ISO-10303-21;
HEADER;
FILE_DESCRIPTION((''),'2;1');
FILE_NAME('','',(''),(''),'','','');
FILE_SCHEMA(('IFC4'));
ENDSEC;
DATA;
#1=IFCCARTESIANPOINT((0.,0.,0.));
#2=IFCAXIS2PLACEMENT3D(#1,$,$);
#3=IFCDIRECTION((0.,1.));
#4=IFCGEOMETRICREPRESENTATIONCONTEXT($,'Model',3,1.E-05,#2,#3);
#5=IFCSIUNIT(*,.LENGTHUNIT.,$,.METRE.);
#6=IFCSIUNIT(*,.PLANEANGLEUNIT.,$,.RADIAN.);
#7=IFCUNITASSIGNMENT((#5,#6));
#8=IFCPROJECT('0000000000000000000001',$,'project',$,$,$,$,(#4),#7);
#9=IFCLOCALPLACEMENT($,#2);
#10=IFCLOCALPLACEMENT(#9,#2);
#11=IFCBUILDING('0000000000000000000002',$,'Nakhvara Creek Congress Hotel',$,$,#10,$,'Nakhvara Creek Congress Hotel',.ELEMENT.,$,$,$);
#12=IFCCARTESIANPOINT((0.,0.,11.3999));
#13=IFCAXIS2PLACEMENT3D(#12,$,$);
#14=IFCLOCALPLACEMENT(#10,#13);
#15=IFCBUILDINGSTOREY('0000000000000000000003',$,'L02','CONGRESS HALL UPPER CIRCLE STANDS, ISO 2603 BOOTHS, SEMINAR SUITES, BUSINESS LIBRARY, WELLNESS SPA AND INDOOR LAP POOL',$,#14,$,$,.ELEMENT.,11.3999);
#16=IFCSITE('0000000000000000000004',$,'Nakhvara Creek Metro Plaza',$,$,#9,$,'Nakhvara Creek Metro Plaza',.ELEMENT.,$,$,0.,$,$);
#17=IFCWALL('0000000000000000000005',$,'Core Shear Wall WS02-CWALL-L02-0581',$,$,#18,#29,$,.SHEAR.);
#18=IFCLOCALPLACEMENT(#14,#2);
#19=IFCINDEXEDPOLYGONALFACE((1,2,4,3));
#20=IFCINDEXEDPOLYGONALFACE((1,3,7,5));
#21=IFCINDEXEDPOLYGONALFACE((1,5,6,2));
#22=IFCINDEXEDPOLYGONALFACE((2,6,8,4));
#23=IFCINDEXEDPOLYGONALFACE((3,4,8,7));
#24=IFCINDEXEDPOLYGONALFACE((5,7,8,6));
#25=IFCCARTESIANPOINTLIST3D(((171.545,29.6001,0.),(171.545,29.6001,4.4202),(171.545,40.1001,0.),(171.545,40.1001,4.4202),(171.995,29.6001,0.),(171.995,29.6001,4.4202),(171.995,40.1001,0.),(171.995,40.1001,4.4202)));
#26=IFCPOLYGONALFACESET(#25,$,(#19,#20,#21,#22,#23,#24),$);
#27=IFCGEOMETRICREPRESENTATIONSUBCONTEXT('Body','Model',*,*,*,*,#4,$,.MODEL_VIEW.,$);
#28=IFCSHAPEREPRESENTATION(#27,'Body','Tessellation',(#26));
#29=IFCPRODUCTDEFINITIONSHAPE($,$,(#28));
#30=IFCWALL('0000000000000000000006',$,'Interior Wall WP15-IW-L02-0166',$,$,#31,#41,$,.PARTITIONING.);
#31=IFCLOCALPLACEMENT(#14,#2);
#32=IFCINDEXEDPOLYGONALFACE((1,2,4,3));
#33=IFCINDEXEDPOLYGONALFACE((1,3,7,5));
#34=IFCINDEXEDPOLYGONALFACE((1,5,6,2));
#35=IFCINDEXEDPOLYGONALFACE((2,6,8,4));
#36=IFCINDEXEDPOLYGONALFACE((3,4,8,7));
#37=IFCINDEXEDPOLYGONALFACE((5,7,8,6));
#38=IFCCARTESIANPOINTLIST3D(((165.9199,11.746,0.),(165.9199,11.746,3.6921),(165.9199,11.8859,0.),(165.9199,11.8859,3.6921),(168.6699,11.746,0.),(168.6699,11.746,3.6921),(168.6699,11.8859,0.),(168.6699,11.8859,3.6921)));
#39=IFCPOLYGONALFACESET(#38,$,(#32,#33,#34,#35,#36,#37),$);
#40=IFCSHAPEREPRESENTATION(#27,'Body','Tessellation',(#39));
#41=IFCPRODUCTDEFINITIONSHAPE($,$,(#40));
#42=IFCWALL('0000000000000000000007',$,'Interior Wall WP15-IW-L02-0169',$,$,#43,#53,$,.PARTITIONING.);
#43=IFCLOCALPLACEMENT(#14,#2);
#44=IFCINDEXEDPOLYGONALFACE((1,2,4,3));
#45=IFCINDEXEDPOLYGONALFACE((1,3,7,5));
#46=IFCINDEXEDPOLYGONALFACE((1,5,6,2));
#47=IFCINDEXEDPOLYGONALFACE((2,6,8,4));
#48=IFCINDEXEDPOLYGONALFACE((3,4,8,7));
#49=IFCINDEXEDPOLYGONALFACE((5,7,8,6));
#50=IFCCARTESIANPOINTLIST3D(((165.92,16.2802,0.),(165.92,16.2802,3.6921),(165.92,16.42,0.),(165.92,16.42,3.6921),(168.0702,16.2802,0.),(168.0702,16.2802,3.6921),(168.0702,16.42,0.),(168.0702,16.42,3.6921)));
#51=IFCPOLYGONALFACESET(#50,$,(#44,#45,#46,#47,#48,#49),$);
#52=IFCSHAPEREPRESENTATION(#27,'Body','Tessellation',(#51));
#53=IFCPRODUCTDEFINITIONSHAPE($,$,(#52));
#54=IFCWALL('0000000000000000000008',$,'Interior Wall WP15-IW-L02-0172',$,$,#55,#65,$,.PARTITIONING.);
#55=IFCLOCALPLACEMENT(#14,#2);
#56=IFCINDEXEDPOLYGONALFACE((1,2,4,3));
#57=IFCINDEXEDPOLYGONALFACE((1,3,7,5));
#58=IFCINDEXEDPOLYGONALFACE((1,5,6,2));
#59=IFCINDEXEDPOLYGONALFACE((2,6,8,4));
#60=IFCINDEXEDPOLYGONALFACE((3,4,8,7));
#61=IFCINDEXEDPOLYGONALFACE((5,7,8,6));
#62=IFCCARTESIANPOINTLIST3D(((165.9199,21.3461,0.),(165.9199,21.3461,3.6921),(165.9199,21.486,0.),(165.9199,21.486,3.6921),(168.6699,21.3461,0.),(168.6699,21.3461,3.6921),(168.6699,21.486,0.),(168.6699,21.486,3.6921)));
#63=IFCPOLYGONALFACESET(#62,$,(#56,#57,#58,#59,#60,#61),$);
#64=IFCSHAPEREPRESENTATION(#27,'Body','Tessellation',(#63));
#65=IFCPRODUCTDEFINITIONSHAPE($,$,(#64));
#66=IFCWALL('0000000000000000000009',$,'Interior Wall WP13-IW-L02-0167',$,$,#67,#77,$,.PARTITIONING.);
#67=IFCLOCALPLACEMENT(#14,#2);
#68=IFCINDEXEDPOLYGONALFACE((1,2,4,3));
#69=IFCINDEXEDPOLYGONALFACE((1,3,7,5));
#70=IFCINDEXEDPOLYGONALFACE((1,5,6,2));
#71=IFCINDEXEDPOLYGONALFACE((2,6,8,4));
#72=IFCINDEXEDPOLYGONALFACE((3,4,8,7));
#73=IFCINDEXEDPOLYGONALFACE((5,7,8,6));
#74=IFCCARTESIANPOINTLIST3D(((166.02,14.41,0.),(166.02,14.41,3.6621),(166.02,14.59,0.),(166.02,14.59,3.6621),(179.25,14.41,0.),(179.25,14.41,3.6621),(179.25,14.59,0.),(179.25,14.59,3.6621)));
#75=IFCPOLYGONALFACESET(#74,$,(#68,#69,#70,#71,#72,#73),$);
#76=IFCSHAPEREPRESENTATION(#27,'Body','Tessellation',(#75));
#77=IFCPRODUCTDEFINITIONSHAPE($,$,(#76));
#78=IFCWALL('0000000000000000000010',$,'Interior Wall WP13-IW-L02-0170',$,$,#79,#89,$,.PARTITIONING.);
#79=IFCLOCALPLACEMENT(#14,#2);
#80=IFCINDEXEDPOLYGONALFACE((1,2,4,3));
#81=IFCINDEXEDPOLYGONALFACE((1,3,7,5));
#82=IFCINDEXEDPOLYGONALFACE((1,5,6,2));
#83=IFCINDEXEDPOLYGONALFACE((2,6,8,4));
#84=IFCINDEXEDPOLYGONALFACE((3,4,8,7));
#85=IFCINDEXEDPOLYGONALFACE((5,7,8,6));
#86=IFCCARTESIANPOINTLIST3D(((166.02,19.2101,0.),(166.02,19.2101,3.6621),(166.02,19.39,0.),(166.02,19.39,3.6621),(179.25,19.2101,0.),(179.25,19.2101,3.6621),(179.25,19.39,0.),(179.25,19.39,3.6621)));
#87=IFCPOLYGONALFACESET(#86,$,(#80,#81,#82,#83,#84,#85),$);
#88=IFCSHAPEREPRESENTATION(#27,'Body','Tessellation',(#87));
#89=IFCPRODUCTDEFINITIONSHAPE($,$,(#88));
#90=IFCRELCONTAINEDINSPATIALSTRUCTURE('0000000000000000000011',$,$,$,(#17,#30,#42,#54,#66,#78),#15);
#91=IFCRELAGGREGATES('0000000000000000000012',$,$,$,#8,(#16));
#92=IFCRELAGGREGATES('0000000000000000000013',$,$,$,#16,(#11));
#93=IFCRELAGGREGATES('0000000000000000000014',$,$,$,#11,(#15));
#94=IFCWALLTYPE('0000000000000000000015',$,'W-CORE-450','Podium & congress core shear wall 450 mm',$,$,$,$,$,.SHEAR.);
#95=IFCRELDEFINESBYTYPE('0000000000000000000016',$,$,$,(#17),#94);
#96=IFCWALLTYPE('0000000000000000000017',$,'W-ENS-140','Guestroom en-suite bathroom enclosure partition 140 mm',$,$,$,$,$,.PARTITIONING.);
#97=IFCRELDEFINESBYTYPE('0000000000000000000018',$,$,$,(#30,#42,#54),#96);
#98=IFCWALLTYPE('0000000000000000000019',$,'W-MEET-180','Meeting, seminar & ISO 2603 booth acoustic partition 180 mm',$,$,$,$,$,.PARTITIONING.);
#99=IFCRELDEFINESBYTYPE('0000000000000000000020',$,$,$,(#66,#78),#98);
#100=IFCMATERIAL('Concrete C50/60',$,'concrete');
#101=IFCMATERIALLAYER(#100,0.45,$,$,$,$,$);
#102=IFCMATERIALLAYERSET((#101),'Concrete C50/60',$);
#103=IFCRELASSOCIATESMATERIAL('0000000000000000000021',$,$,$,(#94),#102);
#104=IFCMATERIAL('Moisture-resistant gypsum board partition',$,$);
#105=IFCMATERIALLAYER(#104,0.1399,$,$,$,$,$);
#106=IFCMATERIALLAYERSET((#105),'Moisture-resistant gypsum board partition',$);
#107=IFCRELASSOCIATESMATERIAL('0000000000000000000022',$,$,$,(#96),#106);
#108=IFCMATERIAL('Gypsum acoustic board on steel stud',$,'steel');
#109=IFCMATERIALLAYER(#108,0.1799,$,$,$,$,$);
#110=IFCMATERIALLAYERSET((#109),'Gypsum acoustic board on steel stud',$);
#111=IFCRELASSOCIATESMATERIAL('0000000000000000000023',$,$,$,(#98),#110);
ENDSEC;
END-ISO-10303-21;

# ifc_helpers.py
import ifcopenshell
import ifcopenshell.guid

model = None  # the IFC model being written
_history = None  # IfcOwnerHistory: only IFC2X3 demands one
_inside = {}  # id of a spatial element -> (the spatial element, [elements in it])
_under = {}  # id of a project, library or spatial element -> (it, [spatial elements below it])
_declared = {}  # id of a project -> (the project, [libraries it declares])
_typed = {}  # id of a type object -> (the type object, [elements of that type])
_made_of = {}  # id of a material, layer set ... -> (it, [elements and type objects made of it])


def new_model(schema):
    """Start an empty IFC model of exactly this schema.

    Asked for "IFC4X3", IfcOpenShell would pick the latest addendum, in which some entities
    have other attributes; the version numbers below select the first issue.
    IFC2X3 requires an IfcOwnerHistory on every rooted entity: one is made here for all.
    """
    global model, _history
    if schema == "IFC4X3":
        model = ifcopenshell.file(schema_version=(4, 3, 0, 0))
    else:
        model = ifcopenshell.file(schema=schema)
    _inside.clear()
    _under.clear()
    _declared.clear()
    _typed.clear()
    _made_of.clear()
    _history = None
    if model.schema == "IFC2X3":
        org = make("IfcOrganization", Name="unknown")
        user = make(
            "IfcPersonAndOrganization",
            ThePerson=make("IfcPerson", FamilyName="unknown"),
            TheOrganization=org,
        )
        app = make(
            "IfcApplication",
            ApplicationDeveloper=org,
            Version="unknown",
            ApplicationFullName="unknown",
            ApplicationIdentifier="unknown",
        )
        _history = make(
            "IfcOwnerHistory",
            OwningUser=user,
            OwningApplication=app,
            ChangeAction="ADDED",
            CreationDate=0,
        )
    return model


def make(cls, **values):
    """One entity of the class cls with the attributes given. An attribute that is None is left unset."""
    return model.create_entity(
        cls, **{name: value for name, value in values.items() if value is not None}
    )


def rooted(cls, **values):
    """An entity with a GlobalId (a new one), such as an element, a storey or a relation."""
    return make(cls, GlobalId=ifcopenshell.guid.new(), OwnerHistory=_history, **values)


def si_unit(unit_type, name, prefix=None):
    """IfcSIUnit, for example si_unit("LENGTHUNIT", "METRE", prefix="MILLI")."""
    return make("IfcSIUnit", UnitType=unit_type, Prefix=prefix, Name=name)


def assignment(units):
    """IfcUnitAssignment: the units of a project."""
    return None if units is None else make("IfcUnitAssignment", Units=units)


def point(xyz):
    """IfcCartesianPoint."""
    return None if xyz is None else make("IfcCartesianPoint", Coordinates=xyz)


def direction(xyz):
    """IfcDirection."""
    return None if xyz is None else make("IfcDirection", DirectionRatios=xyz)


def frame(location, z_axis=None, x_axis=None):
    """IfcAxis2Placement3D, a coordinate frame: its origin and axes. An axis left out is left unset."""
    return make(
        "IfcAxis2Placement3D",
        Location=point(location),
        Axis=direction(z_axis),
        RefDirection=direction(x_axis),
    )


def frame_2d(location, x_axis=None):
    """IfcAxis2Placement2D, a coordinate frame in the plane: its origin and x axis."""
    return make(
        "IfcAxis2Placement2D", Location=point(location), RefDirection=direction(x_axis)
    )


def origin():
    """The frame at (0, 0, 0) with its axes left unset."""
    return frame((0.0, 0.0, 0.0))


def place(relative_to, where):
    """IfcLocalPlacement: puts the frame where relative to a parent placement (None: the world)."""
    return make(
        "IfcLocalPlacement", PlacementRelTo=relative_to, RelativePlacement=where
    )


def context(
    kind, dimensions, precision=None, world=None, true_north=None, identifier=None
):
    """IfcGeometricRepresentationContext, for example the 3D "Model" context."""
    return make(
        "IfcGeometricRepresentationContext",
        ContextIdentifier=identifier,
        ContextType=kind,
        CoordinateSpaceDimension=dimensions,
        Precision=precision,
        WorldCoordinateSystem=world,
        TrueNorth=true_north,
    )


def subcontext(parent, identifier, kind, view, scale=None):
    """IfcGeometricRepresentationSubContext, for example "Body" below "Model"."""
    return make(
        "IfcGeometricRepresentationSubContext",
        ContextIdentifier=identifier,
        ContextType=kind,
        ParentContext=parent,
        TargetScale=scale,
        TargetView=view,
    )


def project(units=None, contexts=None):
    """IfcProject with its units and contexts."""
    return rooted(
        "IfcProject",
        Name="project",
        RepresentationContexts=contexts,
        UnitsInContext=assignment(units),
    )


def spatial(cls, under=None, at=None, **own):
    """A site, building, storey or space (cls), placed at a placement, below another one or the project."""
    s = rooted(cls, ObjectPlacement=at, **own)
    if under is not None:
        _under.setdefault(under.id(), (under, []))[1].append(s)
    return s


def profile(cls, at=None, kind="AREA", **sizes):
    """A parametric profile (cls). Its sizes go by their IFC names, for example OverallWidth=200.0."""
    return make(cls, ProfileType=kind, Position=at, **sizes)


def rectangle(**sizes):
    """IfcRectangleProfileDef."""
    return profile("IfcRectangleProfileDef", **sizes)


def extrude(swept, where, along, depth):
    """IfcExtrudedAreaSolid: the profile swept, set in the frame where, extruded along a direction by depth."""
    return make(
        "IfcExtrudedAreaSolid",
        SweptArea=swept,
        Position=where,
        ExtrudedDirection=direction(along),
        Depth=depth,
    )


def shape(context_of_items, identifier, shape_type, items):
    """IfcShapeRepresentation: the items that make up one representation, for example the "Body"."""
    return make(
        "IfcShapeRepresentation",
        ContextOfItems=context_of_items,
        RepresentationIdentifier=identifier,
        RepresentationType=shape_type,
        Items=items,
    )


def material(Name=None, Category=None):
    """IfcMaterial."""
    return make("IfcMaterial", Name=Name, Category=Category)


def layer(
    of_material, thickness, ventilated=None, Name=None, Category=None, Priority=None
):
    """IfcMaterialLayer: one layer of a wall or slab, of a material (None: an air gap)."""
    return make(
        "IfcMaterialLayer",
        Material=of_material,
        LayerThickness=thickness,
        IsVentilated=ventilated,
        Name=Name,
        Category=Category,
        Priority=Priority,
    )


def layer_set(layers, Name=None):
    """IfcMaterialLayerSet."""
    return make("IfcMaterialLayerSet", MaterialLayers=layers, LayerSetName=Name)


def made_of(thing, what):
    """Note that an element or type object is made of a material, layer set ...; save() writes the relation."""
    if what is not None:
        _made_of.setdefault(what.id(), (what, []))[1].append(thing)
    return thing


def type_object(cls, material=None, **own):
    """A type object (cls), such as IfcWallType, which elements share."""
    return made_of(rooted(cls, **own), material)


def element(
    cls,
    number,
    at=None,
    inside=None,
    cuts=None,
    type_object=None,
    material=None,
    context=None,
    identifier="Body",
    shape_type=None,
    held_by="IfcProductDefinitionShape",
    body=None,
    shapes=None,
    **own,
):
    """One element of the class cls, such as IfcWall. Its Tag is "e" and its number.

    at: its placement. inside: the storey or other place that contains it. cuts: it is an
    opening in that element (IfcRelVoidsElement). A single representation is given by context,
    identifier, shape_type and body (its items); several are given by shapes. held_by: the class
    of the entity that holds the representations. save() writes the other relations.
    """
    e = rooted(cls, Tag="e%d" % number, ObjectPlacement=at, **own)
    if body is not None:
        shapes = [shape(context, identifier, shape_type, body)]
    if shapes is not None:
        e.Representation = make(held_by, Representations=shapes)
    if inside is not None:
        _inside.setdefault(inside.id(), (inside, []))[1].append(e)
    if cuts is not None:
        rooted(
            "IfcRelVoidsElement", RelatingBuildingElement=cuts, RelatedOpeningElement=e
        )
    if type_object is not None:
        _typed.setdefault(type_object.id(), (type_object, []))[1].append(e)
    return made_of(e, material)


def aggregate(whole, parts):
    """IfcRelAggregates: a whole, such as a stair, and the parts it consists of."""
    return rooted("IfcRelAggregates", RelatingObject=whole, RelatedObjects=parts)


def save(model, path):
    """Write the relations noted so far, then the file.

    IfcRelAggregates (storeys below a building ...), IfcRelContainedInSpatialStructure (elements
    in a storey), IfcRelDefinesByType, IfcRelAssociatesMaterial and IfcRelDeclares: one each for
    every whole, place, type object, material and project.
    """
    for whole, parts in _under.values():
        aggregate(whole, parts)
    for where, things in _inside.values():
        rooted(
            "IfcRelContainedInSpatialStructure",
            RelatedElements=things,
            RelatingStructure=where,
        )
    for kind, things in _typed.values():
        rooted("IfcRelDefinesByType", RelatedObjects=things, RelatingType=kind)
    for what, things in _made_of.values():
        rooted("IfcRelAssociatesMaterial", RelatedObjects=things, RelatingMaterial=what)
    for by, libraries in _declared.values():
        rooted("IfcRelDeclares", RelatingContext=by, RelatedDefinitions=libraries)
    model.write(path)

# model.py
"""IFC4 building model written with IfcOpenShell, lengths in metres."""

from ifc_helpers import new_model, si_unit, direction, frame, frame_2d, origin, place, context, subcontext, project, spatial, rectangle, extrude, material, layer, layer_set, type_object, element, save


model = new_model("IFC4")

# Units and contexts
model_context = context("Model", 3, precision=1e-05, world=origin(), true_north=direction((0.0, 1.0)))
body_context = subcontext(model_context, "Body", "Model", "MODEL_VIEW")
ifc_project = project(units=[si_unit("LENGTHUNIT", "METRE"), si_unit("PLANEANGLEUNIT", "RADIAN")], contexts=[model_context])

# Site, building, storey
site_placement = place(None, origin())
site = spatial("IfcSite", under=ifc_project, at=site_placement, Name="Nakhvara Creek Metro Plaza", LongName="Nakhvara Creek Metro Plaza", CompositionType="ELEMENT", RefElevation=0.0)
building_placement = place(site_placement, origin())
building = spatial("IfcBuilding", under=site, at=building_placement, Name="Nakhvara Creek Congress Hotel", LongName="Nakhvara Creek Congress Hotel", CompositionType="ELEMENT")
storey_placement = place(building_placement, frame((0.0, 0.0, 11.3999)))
storey = spatial("IfcBuildingStorey", under=building, at=storey_placement, Name="L02", Description="CONGRESS HALL UPPER CIRCLE STANDS, ISO 2603 BOOTHS, SEMINAR SUITES, BUSINESS LIBRARY, WELLNESS SPA AND INDOOR LAP POOL", CompositionType="ELEMENT", Elevation=11.3999)

# Shared definitions
ifc_material_1 = material(Name="Concrete C50/60", Category="concrete")

# Shared definitions
ifc_layer_1 = layer(ifc_material_1, 0.45)
ifc_layer_set_1 = layer_set([ifc_layer_1], Name="Concrete C50/60")
wall_type_1 = type_object("IfcWallType", Name="W-CORE-450", Description="Podium & congress core shear wall 450 mm", PredefinedType="SHEAR", material=ifc_layer_set_1)

# Walls
wall_1_placement = place(storey_placement, frame((171.77, 29.6001, 0.0), z_axis=(0.0, 0.0, 1.0), x_axis=(0.0, 1.0, 0.0)))
element("IfcWall", 1, at=wall_1_placement, inside=storey, type_object=wall_type_1, Name="Core Shear Wall WS02-CWALL-L02-0581", PredefinedType="SHEAR", context=body_context, shape_type="SweptSolid", body=[
    extrude(rectangle(XDim=10.5, YDim=0.45, at=frame_2d((5.25, 0.0))), origin(), (0.0, 0.0, 1.0), 4.4202),
])
ifc_material_2 = material(Name="Moisture-resistant gypsum board partition")
ifc_layer_2 = layer(ifc_material_2, 0.1399)
ifc_layer_set_2 = layer_set([ifc_layer_2], Name="Moisture-resistant gypsum board partition")
wall_type_2 = type_object("IfcWallType", Name="W-ENS-140", Description="Guestroom en-suite bathroom enclosure partition 140 mm", PredefinedType="PARTITIONING", material=ifc_layer_set_2)
wall_2_placement = place(storey_placement, frame((165.9199, 11.8159, 0.0), z_axis=(0.0, 0.0, 1.0), x_axis=(1.0, 0.0, 0.0)))
element("IfcWall", 2, at=wall_2_placement, inside=storey, type_object=wall_type_2, Name="Interior Wall WP15-IW-L02-0166", PredefinedType="PARTITIONING", context=body_context, shape_type="SweptSolid", body=[
    extrude(rectangle(XDim=2.75, YDim=0.1399, at=frame_2d((1.375, 0.0))), origin(), (0.0, 0.0, 1.0), 3.6921),
])

# Wall
wall_3_placement = place(storey_placement, frame((165.9199, 16.3501, 0.0), z_axis=(0.0, 0.0, 1.0), x_axis=(1.0, 0.0, 0.0)))
element("IfcWall", 3, at=wall_3_placement, inside=storey, type_object=wall_type_2, Name="Interior Wall WP15-IW-L02-0169", PredefinedType="PARTITIONING", context=body_context, shape_type="SweptSolid", body=[
    extrude(rectangle(XDim=2.1501, YDim=0.1399, at=frame_2d((1.0752, 0.0))), origin(), (0.0, 0.0, 1.0), 3.6921),
])

# Walls
wall_4_placement = place(storey_placement, frame((165.9199, 21.416, 0.0), z_axis=(0.0, 0.0, 1.0), x_axis=(1.0, 0.0, 0.0)))
element("IfcWall", 4, at=wall_4_placement, inside=storey, type_object=wall_type_2, Name="Interior Wall WP15-IW-L02-0172", PredefinedType="PARTITIONING", context=body_context, shape_type="SweptSolid", body=[
    extrude(rectangle(XDim=2.75, YDim=0.1399, at=frame_2d((1.375, 0.0))), origin(), (0.0, 0.0, 1.0), 3.6921),
])
ifc_material_3 = material(Name="Gypsum acoustic board on steel stud", Category="steel")
ifc_layer_3 = layer(ifc_material_3, 0.1799)
ifc_layer_set_3 = layer_set([ifc_layer_3], Name="Gypsum acoustic board on steel stud")
wall_type_3 = type_object("IfcWallType", Name="W-MEET-180", Description="Meeting, seminar & ISO 2603 booth acoustic partition 180 mm", PredefinedType="PARTITIONING", material=ifc_layer_set_3)
for number, where, z_axis, x_axis, name in (
    (5, (166.02, 14.5, 0.0), (0.0, 0.0, 1.0), (1.0, 0.0, 0.0), "Interior Wall WP13-IW-L02-0167"),
    (6, (166.02, 19.3, 0.0), (0.0, 0.0, 1.0), (1.0, 0.0, 0.0), "Interior Wall WP13-IW-L02-0170"),
):
    element("IfcWall", number, at=place(storey_placement, frame(where, z_axis=z_axis, x_axis=x_axis)), inside=storey, type_object=wall_type_3, Name=name, PredefinedType="PARTITIONING", context=body_context, shape_type="SweptSolid", body=[
        extrude(rectangle(XDim=13.23, YDim=0.1799, at=frame_2d((6.615, 0.0))), origin(), (0.0, 0.0, 1.0), 3.6621),
    ])

save(model, "model.ifc")
